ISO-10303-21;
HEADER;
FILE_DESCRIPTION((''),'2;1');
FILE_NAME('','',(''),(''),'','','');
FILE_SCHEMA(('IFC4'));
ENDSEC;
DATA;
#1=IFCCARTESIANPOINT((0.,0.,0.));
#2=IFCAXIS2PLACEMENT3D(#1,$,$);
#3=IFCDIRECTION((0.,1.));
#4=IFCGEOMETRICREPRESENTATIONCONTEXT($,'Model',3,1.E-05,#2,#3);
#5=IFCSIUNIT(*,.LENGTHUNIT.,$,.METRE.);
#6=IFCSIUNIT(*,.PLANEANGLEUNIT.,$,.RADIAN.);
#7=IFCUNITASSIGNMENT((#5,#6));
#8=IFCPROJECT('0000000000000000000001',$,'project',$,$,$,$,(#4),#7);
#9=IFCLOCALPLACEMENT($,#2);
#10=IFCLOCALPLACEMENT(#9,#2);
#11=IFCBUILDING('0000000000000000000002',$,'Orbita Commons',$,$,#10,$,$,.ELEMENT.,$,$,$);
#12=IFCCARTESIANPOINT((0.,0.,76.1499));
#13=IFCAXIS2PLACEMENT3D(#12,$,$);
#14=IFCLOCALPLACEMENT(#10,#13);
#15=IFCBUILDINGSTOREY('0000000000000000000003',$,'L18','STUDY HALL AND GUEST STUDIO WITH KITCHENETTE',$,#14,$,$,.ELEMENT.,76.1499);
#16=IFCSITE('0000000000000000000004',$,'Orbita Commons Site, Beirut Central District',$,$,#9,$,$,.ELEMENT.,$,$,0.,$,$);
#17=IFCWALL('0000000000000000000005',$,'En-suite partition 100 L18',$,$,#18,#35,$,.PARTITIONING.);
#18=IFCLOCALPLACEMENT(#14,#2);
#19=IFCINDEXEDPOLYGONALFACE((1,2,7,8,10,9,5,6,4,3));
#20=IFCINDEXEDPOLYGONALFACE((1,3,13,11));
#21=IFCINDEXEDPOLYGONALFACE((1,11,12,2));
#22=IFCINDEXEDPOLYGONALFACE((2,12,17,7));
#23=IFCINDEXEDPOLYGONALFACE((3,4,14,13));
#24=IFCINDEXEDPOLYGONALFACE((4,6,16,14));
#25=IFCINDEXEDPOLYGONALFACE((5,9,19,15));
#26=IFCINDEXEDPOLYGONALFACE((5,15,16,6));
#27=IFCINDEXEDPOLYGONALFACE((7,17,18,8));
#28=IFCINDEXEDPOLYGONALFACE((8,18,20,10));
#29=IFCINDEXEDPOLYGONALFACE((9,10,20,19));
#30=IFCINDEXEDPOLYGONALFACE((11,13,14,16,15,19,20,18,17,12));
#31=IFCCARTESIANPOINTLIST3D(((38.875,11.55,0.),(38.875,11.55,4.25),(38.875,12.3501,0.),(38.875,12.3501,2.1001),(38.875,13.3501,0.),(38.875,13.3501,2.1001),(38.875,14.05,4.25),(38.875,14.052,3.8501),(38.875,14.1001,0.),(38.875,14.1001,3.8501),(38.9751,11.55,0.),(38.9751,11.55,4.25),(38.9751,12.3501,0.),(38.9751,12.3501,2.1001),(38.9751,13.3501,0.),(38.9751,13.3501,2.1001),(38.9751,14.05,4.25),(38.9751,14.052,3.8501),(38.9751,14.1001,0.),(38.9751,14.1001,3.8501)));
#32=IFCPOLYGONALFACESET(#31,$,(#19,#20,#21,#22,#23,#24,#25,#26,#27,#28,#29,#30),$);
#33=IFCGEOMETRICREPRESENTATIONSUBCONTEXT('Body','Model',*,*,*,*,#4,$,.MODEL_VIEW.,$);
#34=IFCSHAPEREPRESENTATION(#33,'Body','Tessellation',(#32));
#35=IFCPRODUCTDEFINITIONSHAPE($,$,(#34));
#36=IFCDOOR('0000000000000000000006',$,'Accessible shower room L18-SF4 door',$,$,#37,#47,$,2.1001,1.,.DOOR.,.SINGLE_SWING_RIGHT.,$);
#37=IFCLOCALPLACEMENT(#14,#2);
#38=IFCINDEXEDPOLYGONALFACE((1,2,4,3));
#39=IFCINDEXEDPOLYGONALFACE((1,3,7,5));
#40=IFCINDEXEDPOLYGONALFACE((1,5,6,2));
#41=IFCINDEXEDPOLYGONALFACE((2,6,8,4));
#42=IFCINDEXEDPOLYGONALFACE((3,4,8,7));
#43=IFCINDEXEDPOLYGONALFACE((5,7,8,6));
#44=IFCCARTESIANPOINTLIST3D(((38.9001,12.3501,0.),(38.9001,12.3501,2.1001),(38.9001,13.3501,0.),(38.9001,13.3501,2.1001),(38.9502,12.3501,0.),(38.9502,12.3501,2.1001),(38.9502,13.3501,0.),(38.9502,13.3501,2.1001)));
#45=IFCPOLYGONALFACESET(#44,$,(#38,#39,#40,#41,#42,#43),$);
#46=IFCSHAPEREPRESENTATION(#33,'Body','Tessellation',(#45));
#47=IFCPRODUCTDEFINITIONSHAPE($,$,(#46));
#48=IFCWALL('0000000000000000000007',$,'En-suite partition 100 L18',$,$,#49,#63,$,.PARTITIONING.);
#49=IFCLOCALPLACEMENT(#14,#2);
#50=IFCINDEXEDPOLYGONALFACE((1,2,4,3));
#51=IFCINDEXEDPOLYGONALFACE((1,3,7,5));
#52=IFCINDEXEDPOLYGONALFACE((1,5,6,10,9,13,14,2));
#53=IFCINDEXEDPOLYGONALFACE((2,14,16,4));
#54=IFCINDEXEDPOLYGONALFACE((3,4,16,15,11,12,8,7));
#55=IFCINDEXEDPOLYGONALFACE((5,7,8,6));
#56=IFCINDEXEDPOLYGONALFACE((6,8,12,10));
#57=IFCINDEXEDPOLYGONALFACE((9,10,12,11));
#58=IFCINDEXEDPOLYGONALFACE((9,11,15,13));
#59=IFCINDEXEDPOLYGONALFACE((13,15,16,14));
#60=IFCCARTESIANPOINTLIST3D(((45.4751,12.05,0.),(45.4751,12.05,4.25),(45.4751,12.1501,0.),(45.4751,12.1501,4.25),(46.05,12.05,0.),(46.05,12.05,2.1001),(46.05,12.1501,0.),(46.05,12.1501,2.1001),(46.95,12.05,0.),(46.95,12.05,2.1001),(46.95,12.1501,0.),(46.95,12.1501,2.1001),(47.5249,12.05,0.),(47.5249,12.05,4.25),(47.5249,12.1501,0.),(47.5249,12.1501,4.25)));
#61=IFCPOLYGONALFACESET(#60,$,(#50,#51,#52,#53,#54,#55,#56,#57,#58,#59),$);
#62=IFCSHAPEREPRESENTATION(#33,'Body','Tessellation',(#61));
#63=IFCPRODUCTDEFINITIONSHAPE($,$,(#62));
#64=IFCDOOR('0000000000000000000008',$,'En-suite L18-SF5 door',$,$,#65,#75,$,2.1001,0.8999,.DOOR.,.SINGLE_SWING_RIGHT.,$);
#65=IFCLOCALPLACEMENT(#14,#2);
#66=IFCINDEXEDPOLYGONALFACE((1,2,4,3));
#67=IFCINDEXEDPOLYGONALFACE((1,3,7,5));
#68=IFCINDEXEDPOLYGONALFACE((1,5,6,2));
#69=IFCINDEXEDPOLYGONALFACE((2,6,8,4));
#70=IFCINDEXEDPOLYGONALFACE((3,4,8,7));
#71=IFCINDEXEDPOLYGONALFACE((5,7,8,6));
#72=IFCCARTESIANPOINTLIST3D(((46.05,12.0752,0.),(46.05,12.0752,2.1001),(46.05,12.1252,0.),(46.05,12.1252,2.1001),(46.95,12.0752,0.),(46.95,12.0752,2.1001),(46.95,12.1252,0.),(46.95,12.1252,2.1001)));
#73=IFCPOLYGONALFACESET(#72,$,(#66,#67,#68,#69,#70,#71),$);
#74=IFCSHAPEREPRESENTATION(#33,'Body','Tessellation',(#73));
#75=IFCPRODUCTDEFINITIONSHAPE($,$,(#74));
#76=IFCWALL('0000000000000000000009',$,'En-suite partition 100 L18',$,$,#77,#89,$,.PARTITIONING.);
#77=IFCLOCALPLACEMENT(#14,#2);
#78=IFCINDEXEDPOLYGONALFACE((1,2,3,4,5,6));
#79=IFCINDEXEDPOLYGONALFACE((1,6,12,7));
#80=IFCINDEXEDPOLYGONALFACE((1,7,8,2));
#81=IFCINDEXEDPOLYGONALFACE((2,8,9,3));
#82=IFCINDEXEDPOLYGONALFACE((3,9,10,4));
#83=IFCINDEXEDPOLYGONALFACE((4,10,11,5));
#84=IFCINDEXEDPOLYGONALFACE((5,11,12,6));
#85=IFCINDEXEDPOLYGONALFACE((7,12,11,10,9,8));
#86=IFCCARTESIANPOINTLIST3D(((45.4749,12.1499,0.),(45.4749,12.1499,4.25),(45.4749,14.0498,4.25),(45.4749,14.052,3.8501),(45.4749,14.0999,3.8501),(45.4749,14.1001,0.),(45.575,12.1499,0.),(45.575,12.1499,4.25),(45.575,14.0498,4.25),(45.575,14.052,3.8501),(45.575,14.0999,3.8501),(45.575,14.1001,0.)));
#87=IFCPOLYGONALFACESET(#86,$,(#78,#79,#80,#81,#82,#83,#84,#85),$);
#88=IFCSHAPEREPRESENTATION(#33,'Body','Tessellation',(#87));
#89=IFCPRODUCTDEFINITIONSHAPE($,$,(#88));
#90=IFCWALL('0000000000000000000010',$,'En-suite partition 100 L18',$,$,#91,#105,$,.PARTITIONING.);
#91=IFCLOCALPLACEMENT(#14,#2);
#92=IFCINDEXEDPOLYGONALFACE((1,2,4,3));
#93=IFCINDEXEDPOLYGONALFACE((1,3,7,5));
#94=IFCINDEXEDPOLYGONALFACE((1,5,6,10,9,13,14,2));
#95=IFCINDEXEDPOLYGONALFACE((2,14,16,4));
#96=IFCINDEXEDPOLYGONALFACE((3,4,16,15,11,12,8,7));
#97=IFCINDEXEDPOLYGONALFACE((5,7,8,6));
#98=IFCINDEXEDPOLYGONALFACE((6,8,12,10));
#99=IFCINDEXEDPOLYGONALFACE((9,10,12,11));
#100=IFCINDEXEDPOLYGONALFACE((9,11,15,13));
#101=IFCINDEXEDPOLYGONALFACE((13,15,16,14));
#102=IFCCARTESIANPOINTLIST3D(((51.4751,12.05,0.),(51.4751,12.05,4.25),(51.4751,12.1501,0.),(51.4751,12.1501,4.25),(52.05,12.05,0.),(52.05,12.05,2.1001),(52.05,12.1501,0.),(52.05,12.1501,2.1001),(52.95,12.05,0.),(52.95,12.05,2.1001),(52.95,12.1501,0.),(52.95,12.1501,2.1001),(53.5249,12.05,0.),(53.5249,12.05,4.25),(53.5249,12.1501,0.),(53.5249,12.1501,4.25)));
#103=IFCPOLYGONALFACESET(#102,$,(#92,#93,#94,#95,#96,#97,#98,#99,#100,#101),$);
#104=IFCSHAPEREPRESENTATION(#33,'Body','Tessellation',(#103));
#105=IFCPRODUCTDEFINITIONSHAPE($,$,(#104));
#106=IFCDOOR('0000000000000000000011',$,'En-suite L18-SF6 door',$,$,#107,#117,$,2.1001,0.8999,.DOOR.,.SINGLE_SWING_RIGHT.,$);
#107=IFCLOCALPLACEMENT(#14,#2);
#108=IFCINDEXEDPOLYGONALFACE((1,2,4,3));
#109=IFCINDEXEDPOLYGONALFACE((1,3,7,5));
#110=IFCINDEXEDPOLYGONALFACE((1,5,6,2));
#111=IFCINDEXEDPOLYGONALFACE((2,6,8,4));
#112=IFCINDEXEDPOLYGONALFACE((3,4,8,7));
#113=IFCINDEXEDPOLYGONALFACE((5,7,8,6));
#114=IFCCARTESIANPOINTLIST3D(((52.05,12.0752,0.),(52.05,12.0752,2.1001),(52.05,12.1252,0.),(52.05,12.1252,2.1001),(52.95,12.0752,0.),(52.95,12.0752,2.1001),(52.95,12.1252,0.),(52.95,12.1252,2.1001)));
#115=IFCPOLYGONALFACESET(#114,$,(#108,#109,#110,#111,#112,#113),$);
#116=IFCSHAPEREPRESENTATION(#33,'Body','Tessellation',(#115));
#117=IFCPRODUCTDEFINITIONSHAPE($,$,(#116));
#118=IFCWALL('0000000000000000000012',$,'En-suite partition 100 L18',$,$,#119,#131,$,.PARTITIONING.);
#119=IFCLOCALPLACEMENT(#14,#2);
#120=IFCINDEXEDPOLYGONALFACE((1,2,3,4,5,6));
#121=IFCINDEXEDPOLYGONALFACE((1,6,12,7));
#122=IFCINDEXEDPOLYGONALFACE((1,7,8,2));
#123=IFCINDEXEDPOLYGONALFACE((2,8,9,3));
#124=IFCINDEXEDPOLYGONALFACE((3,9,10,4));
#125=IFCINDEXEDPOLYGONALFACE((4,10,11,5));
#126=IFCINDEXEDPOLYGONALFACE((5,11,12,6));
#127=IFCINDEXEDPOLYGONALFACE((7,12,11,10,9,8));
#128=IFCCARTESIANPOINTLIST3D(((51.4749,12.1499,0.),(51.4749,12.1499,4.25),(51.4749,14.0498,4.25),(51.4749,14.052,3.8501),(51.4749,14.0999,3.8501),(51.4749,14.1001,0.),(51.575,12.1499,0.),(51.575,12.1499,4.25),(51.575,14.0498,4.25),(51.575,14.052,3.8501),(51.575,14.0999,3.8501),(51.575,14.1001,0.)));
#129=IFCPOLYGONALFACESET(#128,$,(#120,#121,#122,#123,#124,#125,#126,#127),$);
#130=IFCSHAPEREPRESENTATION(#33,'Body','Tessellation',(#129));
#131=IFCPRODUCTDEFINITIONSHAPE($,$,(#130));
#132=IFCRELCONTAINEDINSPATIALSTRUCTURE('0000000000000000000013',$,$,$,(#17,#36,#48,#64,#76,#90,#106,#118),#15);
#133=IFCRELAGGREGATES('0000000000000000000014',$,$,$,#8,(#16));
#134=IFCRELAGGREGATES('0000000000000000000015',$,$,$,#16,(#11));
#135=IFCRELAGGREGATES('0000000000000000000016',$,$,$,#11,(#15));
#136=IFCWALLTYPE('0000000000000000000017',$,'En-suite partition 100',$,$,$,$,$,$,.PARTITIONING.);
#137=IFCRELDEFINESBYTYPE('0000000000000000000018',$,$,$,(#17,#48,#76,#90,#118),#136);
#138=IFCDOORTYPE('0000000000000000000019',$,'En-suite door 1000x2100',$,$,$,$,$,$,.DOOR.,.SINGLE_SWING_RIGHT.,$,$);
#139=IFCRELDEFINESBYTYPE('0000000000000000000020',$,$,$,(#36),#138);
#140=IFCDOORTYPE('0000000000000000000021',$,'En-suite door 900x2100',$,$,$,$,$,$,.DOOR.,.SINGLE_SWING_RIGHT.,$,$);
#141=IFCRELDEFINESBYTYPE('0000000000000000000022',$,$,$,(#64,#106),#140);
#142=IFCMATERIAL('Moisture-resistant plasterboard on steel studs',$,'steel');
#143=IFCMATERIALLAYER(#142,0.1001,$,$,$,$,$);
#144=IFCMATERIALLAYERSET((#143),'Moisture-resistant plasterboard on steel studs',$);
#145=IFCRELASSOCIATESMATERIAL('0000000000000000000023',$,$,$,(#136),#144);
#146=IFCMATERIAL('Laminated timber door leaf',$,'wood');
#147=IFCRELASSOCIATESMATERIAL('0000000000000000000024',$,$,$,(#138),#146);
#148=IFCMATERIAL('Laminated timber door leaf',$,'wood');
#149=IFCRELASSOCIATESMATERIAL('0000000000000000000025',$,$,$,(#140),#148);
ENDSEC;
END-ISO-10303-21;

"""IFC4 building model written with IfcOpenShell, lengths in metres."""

from ifc_helpers import new_model, si_unit, direction, frame, frame_2d, origin, place, context, subcontext, project, spatial, polyline, rectangle, outline, extrude, material, layer, layer_set, type_object, element, fill, save


model = new_model("IFC4")

# Units and contexts
model_context = context("Model", 3, precision=1e-05, world=origin(), true_north=direction((0.0, 1.0)))
body_context = subcontext(model_context, "Body", "Model", "MODEL_VIEW")
ifc_project = project(units=[si_unit("LENGTHUNIT", "METRE"), si_unit("PLANEANGLEUNIT", "RADIAN")], contexts=[model_context])

# Site, building, storey
site_placement = place(None, origin())
site = spatial("IfcSite", under=ifc_project, at=site_placement, Name="Orbita Commons Site, Beirut Central District", CompositionType="ELEMENT", RefElevation=0.0)
building_placement = place(site_placement, origin())
building = spatial("IfcBuilding", under=site, at=building_placement, Name="Orbita Commons", CompositionType="ELEMENT")
storey_placement = place(building_placement, frame((0.0, 0.0, 76.1499)))
storey = spatial("IfcBuildingStorey", under=building, at=storey_placement, Name="L18", Description="STUDY HALL AND GUEST STUDIO WITH KITCHENETTE", CompositionType="ELEMENT", Elevation=76.1499)

# Shared definitions
ifc_material_1 = material(Name="Moisture-resistant plasterboard on steel studs", Category="steel")
ifc_layer_1 = layer(ifc_material_1, 0.1001)
ifc_layer_set_1 = layer_set([ifc_layer_1], Name="Moisture-resistant plasterboard on steel studs")
wall_type_1 = type_object("IfcWallType", Name="En-suite partition 100", PredefinedType="PARTITIONING", material=ifc_layer_set_1)

# Walls, openings, doors
wall_1_placement = place(storey_placement, frame((38.925, 11.55, 0.0), z_axis=(0.0, 0.0, 1.0), x_axis=(0.0, 1.0, 0.0)))
wall_1 = element("IfcWall", 1, at=wall_1_placement, inside=storey, type_object=wall_type_1, Name="En-suite partition 100 L18", PredefinedType="PARTITIONING", context=body_context, shape_type="SweptSolid", body=[
    extrude(outline(polyline([(0.0, 0.0), (2.55, 0.0), (2.55, 3.8501), (2.502, 3.8501), (2.5, 4.25), (0.0, 4.25), (0.0, 0.0)])), frame((0.0, 0.05, 0.0), z_axis=(0.0, -1.0, 0.0), x_axis=(1.0, 0.0, 0.0)), (0.0, 0.0, 1.0), 0.1001),
])
opening_1_placement = place(wall_1_placement, frame((0.8, 0.0, 0.0)))
opening_1 = element("IfcOpeningElement", 2, at=opening_1_placement, cuts=wall_1, PredefinedType="OPENING", context=body_context, shape_type="SweptSolid", body=[
    extrude(rectangle(XDim=1.0, YDim=2.1001, at=frame_2d((0.5, 1.05))), frame((0.0, 0.0601, 0.0), z_axis=(0.0, -1.0, 0.0), x_axis=(1.0, 0.0, 0.0)), (0.0, 0.0, 1.0), 0.1201),
])
ifc_material_2 = material(Name="Laminated timber door leaf", Category="wood")
door_type_1 = type_object("IfcDoorType", Name="En-suite door 1000x2100", OperationType="SINGLE_SWING_RIGHT", PredefinedType="DOOR", material=ifc_material_2)
door_1_placement = place(opening_1_placement, origin())
door_1 = element("IfcDoor", 3, at=door_1_placement, inside=storey, type_object=door_type_1, Name="Accessible shower room L18-SF4 door", OperationType="SINGLE_SWING_RIGHT", OverallHeight=2.1001, OverallWidth=1.0, PredefinedType="DOOR", context=body_context, shape_type="SweptSolid", body=[
    extrude(rectangle(XDim=1.0, YDim=2.1001, at=frame_2d((0.5, 1.05))), frame((0.0, 0.0249, 0.0), z_axis=(0.0, -1.0, 0.0), x_axis=(1.0, 0.0, 0.0)), (0.0, 0.0, 1.0), 0.05),
])
fill(opening_1, door_1)
wall_2_placement = place(storey_placement, frame((47.5249, 12.1001, 0.0), z_axis=(0.0, 0.0, 1.0), x_axis=(-1.0, 0.0, 0.0)))
wall_2 = element("IfcWall", 4, at=wall_2_placement, inside=storey, type_object=wall_type_1, Name="En-suite partition 100 L18", PredefinedType="PARTITIONING", context=body_context, shape_type="SweptSolid", body=[
    extrude(rectangle(XDim=2.0498, YDim=0.1001, at=frame_2d((1.0249, 0.0))), origin(), (0.0, 0.0, 1.0), 4.25),
])
opening_2_placement = place(wall_2_placement, frame((0.575, 0.0, 0.0)))
opening_2 = element("IfcOpeningElement", 5, at=opening_2_placement, cuts=wall_2, PredefinedType="OPENING", context=body_context, shape_type="SweptSolid", body=[
    extrude(rectangle(XDim=0.8999, YDim=2.1001, at=frame_2d((0.45, 1.05))), frame((0.0, 0.0601, 0.0), z_axis=(0.0, -1.0, 0.0), x_axis=(1.0, 0.0, 0.0)), (0.0, 0.0, 1.0), 0.1201),
])
ifc_material_3 = material(Name="Laminated timber door leaf", Category="wood")
door_type_2 = type_object("IfcDoorType", Name="En-suite door 900x2100", OperationType="SINGLE_SWING_RIGHT", PredefinedType="DOOR", material=ifc_material_3)
door_2_placement = place(opening_2_placement, origin())
door_2 = element("IfcDoor", 6, at=door_2_placement, inside=storey, type_object=door_type_2, Name="En-suite L18-SF5 door", OperationType="SINGLE_SWING_RIGHT", OverallHeight=2.1001, OverallWidth=0.8999, PredefinedType="DOOR", context=body_context, shape_type="SweptSolid", body=[
    extrude(rectangle(XDim=0.8999, YDim=2.1001, at=frame_2d((0.45, 1.05))), frame((0.0, 0.0249, 0.0), z_axis=(0.0, -1.0, 0.0), x_axis=(1.0, 0.0, 0.0)), (0.0, 0.0, 1.0), 0.05),
])
fill(opening_2, door_2)

# Wall
wall_3_placement = place(storey_placement, frame((45.5249, 12.1499, 0.0), z_axis=(0.0, 0.0, 1.0), x_axis=(0.0, 1.0, 0.0)))
element("IfcWall", 7, at=wall_3_placement, inside=storey, type_object=wall_type_1, Name="En-suite partition 100 L18", PredefinedType="PARTITIONING", context=body_context, shape_type="SweptSolid", body=[
    extrude(outline(polyline([(0.0, 0.0), (1.9502, 0.0), (1.95, 3.8501), (1.9021, 3.8501), (1.8999, 4.25), (0.0, 4.25), (0.0, 0.0)])), frame((0.0, 0.05, 0.0), z_axis=(0.0, -1.0, 0.0), x_axis=(1.0, 0.0, 0.0)), (0.0, 0.0, 1.0), 0.1001),
])

# Wall, opening, door
wall_4_placement = place(storey_placement, frame((53.5249, 12.1001, 0.0), z_axis=(0.0, 0.0, 1.0), x_axis=(-1.0, 0.0, 0.0)))
wall_4 = element("IfcWall", 8, at=wall_4_placement, inside=storey, type_object=wall_type_1, Name="En-suite partition 100 L18", PredefinedType="PARTITIONING", context=body_context, shape_type="SweptSolid", body=[
    extrude(rectangle(XDim=2.0498, YDim=0.1001, at=frame_2d((1.0249, 0.0))), origin(), (0.0, 0.0, 1.0), 4.25),
])
opening_3_placement = place(wall_4_placement, frame((0.575, 0.0, 0.0)))
opening_3 = element("IfcOpeningElement", 9, at=opening_3_placement, cuts=wall_4, PredefinedType="OPENING", context=body_context, shape_type="SweptSolid", body=[
    extrude(rectangle(XDim=0.8999, YDim=2.1001, at=frame_2d((0.45, 1.05))), frame((0.0, 0.0601, 0.0), z_axis=(0.0, -1.0, 0.0), x_axis=(1.0, 0.0, 0.0)), (0.0, 0.0, 1.0), 0.1201),
])
door_3_placement = place(opening_3_placement, origin())
door_3 = element("IfcDoor", 10, at=door_3_placement, inside=storey, type_object=door_type_2, Name="En-suite L18-SF6 door", OperationType="SINGLE_SWING_RIGHT", OverallHeight=2.1001, OverallWidth=0.8999, PredefinedType="DOOR", context=body_context, shape_type="SweptSolid", body=[
    extrude(rectangle(XDim=0.8999, YDim=2.1001, at=frame_2d((0.45, 1.05))), frame((0.0, 0.0249, 0.0), z_axis=(0.0, -1.0, 0.0), x_axis=(1.0, 0.0, 0.0)), (0.0, 0.0, 1.0), 0.05),
])
fill(opening_3, door_3)

# Wall
wall_5_placement = place(storey_placement, frame((51.5249, 12.1499, 0.0), z_axis=(0.0, 0.0, 1.0), x_axis=(0.0, 1.0, 0.0)))
element("IfcWall", 11, at=wall_5_placement, inside=storey, type_object=wall_type_1, Name="En-suite partition 100 L18", PredefinedType="PARTITIONING", context=body_context, shape_type="SweptSolid", body=[
    extrude(outline(polyline([(0.0, 0.0), (1.9502, 0.0), (1.95, 3.8501), (1.9021, 3.8501), (1.8999, 4.25), (0.0, 4.25), (0.0, 0.0)])), frame((0.0, 0.05, 0.0), z_axis=(0.0, -1.0, 0.0), x_axis=(1.0, 0.0, 0.0)), (0.0, 0.0, 1.0), 0.1001),
])

save(model, "model.ifc")
